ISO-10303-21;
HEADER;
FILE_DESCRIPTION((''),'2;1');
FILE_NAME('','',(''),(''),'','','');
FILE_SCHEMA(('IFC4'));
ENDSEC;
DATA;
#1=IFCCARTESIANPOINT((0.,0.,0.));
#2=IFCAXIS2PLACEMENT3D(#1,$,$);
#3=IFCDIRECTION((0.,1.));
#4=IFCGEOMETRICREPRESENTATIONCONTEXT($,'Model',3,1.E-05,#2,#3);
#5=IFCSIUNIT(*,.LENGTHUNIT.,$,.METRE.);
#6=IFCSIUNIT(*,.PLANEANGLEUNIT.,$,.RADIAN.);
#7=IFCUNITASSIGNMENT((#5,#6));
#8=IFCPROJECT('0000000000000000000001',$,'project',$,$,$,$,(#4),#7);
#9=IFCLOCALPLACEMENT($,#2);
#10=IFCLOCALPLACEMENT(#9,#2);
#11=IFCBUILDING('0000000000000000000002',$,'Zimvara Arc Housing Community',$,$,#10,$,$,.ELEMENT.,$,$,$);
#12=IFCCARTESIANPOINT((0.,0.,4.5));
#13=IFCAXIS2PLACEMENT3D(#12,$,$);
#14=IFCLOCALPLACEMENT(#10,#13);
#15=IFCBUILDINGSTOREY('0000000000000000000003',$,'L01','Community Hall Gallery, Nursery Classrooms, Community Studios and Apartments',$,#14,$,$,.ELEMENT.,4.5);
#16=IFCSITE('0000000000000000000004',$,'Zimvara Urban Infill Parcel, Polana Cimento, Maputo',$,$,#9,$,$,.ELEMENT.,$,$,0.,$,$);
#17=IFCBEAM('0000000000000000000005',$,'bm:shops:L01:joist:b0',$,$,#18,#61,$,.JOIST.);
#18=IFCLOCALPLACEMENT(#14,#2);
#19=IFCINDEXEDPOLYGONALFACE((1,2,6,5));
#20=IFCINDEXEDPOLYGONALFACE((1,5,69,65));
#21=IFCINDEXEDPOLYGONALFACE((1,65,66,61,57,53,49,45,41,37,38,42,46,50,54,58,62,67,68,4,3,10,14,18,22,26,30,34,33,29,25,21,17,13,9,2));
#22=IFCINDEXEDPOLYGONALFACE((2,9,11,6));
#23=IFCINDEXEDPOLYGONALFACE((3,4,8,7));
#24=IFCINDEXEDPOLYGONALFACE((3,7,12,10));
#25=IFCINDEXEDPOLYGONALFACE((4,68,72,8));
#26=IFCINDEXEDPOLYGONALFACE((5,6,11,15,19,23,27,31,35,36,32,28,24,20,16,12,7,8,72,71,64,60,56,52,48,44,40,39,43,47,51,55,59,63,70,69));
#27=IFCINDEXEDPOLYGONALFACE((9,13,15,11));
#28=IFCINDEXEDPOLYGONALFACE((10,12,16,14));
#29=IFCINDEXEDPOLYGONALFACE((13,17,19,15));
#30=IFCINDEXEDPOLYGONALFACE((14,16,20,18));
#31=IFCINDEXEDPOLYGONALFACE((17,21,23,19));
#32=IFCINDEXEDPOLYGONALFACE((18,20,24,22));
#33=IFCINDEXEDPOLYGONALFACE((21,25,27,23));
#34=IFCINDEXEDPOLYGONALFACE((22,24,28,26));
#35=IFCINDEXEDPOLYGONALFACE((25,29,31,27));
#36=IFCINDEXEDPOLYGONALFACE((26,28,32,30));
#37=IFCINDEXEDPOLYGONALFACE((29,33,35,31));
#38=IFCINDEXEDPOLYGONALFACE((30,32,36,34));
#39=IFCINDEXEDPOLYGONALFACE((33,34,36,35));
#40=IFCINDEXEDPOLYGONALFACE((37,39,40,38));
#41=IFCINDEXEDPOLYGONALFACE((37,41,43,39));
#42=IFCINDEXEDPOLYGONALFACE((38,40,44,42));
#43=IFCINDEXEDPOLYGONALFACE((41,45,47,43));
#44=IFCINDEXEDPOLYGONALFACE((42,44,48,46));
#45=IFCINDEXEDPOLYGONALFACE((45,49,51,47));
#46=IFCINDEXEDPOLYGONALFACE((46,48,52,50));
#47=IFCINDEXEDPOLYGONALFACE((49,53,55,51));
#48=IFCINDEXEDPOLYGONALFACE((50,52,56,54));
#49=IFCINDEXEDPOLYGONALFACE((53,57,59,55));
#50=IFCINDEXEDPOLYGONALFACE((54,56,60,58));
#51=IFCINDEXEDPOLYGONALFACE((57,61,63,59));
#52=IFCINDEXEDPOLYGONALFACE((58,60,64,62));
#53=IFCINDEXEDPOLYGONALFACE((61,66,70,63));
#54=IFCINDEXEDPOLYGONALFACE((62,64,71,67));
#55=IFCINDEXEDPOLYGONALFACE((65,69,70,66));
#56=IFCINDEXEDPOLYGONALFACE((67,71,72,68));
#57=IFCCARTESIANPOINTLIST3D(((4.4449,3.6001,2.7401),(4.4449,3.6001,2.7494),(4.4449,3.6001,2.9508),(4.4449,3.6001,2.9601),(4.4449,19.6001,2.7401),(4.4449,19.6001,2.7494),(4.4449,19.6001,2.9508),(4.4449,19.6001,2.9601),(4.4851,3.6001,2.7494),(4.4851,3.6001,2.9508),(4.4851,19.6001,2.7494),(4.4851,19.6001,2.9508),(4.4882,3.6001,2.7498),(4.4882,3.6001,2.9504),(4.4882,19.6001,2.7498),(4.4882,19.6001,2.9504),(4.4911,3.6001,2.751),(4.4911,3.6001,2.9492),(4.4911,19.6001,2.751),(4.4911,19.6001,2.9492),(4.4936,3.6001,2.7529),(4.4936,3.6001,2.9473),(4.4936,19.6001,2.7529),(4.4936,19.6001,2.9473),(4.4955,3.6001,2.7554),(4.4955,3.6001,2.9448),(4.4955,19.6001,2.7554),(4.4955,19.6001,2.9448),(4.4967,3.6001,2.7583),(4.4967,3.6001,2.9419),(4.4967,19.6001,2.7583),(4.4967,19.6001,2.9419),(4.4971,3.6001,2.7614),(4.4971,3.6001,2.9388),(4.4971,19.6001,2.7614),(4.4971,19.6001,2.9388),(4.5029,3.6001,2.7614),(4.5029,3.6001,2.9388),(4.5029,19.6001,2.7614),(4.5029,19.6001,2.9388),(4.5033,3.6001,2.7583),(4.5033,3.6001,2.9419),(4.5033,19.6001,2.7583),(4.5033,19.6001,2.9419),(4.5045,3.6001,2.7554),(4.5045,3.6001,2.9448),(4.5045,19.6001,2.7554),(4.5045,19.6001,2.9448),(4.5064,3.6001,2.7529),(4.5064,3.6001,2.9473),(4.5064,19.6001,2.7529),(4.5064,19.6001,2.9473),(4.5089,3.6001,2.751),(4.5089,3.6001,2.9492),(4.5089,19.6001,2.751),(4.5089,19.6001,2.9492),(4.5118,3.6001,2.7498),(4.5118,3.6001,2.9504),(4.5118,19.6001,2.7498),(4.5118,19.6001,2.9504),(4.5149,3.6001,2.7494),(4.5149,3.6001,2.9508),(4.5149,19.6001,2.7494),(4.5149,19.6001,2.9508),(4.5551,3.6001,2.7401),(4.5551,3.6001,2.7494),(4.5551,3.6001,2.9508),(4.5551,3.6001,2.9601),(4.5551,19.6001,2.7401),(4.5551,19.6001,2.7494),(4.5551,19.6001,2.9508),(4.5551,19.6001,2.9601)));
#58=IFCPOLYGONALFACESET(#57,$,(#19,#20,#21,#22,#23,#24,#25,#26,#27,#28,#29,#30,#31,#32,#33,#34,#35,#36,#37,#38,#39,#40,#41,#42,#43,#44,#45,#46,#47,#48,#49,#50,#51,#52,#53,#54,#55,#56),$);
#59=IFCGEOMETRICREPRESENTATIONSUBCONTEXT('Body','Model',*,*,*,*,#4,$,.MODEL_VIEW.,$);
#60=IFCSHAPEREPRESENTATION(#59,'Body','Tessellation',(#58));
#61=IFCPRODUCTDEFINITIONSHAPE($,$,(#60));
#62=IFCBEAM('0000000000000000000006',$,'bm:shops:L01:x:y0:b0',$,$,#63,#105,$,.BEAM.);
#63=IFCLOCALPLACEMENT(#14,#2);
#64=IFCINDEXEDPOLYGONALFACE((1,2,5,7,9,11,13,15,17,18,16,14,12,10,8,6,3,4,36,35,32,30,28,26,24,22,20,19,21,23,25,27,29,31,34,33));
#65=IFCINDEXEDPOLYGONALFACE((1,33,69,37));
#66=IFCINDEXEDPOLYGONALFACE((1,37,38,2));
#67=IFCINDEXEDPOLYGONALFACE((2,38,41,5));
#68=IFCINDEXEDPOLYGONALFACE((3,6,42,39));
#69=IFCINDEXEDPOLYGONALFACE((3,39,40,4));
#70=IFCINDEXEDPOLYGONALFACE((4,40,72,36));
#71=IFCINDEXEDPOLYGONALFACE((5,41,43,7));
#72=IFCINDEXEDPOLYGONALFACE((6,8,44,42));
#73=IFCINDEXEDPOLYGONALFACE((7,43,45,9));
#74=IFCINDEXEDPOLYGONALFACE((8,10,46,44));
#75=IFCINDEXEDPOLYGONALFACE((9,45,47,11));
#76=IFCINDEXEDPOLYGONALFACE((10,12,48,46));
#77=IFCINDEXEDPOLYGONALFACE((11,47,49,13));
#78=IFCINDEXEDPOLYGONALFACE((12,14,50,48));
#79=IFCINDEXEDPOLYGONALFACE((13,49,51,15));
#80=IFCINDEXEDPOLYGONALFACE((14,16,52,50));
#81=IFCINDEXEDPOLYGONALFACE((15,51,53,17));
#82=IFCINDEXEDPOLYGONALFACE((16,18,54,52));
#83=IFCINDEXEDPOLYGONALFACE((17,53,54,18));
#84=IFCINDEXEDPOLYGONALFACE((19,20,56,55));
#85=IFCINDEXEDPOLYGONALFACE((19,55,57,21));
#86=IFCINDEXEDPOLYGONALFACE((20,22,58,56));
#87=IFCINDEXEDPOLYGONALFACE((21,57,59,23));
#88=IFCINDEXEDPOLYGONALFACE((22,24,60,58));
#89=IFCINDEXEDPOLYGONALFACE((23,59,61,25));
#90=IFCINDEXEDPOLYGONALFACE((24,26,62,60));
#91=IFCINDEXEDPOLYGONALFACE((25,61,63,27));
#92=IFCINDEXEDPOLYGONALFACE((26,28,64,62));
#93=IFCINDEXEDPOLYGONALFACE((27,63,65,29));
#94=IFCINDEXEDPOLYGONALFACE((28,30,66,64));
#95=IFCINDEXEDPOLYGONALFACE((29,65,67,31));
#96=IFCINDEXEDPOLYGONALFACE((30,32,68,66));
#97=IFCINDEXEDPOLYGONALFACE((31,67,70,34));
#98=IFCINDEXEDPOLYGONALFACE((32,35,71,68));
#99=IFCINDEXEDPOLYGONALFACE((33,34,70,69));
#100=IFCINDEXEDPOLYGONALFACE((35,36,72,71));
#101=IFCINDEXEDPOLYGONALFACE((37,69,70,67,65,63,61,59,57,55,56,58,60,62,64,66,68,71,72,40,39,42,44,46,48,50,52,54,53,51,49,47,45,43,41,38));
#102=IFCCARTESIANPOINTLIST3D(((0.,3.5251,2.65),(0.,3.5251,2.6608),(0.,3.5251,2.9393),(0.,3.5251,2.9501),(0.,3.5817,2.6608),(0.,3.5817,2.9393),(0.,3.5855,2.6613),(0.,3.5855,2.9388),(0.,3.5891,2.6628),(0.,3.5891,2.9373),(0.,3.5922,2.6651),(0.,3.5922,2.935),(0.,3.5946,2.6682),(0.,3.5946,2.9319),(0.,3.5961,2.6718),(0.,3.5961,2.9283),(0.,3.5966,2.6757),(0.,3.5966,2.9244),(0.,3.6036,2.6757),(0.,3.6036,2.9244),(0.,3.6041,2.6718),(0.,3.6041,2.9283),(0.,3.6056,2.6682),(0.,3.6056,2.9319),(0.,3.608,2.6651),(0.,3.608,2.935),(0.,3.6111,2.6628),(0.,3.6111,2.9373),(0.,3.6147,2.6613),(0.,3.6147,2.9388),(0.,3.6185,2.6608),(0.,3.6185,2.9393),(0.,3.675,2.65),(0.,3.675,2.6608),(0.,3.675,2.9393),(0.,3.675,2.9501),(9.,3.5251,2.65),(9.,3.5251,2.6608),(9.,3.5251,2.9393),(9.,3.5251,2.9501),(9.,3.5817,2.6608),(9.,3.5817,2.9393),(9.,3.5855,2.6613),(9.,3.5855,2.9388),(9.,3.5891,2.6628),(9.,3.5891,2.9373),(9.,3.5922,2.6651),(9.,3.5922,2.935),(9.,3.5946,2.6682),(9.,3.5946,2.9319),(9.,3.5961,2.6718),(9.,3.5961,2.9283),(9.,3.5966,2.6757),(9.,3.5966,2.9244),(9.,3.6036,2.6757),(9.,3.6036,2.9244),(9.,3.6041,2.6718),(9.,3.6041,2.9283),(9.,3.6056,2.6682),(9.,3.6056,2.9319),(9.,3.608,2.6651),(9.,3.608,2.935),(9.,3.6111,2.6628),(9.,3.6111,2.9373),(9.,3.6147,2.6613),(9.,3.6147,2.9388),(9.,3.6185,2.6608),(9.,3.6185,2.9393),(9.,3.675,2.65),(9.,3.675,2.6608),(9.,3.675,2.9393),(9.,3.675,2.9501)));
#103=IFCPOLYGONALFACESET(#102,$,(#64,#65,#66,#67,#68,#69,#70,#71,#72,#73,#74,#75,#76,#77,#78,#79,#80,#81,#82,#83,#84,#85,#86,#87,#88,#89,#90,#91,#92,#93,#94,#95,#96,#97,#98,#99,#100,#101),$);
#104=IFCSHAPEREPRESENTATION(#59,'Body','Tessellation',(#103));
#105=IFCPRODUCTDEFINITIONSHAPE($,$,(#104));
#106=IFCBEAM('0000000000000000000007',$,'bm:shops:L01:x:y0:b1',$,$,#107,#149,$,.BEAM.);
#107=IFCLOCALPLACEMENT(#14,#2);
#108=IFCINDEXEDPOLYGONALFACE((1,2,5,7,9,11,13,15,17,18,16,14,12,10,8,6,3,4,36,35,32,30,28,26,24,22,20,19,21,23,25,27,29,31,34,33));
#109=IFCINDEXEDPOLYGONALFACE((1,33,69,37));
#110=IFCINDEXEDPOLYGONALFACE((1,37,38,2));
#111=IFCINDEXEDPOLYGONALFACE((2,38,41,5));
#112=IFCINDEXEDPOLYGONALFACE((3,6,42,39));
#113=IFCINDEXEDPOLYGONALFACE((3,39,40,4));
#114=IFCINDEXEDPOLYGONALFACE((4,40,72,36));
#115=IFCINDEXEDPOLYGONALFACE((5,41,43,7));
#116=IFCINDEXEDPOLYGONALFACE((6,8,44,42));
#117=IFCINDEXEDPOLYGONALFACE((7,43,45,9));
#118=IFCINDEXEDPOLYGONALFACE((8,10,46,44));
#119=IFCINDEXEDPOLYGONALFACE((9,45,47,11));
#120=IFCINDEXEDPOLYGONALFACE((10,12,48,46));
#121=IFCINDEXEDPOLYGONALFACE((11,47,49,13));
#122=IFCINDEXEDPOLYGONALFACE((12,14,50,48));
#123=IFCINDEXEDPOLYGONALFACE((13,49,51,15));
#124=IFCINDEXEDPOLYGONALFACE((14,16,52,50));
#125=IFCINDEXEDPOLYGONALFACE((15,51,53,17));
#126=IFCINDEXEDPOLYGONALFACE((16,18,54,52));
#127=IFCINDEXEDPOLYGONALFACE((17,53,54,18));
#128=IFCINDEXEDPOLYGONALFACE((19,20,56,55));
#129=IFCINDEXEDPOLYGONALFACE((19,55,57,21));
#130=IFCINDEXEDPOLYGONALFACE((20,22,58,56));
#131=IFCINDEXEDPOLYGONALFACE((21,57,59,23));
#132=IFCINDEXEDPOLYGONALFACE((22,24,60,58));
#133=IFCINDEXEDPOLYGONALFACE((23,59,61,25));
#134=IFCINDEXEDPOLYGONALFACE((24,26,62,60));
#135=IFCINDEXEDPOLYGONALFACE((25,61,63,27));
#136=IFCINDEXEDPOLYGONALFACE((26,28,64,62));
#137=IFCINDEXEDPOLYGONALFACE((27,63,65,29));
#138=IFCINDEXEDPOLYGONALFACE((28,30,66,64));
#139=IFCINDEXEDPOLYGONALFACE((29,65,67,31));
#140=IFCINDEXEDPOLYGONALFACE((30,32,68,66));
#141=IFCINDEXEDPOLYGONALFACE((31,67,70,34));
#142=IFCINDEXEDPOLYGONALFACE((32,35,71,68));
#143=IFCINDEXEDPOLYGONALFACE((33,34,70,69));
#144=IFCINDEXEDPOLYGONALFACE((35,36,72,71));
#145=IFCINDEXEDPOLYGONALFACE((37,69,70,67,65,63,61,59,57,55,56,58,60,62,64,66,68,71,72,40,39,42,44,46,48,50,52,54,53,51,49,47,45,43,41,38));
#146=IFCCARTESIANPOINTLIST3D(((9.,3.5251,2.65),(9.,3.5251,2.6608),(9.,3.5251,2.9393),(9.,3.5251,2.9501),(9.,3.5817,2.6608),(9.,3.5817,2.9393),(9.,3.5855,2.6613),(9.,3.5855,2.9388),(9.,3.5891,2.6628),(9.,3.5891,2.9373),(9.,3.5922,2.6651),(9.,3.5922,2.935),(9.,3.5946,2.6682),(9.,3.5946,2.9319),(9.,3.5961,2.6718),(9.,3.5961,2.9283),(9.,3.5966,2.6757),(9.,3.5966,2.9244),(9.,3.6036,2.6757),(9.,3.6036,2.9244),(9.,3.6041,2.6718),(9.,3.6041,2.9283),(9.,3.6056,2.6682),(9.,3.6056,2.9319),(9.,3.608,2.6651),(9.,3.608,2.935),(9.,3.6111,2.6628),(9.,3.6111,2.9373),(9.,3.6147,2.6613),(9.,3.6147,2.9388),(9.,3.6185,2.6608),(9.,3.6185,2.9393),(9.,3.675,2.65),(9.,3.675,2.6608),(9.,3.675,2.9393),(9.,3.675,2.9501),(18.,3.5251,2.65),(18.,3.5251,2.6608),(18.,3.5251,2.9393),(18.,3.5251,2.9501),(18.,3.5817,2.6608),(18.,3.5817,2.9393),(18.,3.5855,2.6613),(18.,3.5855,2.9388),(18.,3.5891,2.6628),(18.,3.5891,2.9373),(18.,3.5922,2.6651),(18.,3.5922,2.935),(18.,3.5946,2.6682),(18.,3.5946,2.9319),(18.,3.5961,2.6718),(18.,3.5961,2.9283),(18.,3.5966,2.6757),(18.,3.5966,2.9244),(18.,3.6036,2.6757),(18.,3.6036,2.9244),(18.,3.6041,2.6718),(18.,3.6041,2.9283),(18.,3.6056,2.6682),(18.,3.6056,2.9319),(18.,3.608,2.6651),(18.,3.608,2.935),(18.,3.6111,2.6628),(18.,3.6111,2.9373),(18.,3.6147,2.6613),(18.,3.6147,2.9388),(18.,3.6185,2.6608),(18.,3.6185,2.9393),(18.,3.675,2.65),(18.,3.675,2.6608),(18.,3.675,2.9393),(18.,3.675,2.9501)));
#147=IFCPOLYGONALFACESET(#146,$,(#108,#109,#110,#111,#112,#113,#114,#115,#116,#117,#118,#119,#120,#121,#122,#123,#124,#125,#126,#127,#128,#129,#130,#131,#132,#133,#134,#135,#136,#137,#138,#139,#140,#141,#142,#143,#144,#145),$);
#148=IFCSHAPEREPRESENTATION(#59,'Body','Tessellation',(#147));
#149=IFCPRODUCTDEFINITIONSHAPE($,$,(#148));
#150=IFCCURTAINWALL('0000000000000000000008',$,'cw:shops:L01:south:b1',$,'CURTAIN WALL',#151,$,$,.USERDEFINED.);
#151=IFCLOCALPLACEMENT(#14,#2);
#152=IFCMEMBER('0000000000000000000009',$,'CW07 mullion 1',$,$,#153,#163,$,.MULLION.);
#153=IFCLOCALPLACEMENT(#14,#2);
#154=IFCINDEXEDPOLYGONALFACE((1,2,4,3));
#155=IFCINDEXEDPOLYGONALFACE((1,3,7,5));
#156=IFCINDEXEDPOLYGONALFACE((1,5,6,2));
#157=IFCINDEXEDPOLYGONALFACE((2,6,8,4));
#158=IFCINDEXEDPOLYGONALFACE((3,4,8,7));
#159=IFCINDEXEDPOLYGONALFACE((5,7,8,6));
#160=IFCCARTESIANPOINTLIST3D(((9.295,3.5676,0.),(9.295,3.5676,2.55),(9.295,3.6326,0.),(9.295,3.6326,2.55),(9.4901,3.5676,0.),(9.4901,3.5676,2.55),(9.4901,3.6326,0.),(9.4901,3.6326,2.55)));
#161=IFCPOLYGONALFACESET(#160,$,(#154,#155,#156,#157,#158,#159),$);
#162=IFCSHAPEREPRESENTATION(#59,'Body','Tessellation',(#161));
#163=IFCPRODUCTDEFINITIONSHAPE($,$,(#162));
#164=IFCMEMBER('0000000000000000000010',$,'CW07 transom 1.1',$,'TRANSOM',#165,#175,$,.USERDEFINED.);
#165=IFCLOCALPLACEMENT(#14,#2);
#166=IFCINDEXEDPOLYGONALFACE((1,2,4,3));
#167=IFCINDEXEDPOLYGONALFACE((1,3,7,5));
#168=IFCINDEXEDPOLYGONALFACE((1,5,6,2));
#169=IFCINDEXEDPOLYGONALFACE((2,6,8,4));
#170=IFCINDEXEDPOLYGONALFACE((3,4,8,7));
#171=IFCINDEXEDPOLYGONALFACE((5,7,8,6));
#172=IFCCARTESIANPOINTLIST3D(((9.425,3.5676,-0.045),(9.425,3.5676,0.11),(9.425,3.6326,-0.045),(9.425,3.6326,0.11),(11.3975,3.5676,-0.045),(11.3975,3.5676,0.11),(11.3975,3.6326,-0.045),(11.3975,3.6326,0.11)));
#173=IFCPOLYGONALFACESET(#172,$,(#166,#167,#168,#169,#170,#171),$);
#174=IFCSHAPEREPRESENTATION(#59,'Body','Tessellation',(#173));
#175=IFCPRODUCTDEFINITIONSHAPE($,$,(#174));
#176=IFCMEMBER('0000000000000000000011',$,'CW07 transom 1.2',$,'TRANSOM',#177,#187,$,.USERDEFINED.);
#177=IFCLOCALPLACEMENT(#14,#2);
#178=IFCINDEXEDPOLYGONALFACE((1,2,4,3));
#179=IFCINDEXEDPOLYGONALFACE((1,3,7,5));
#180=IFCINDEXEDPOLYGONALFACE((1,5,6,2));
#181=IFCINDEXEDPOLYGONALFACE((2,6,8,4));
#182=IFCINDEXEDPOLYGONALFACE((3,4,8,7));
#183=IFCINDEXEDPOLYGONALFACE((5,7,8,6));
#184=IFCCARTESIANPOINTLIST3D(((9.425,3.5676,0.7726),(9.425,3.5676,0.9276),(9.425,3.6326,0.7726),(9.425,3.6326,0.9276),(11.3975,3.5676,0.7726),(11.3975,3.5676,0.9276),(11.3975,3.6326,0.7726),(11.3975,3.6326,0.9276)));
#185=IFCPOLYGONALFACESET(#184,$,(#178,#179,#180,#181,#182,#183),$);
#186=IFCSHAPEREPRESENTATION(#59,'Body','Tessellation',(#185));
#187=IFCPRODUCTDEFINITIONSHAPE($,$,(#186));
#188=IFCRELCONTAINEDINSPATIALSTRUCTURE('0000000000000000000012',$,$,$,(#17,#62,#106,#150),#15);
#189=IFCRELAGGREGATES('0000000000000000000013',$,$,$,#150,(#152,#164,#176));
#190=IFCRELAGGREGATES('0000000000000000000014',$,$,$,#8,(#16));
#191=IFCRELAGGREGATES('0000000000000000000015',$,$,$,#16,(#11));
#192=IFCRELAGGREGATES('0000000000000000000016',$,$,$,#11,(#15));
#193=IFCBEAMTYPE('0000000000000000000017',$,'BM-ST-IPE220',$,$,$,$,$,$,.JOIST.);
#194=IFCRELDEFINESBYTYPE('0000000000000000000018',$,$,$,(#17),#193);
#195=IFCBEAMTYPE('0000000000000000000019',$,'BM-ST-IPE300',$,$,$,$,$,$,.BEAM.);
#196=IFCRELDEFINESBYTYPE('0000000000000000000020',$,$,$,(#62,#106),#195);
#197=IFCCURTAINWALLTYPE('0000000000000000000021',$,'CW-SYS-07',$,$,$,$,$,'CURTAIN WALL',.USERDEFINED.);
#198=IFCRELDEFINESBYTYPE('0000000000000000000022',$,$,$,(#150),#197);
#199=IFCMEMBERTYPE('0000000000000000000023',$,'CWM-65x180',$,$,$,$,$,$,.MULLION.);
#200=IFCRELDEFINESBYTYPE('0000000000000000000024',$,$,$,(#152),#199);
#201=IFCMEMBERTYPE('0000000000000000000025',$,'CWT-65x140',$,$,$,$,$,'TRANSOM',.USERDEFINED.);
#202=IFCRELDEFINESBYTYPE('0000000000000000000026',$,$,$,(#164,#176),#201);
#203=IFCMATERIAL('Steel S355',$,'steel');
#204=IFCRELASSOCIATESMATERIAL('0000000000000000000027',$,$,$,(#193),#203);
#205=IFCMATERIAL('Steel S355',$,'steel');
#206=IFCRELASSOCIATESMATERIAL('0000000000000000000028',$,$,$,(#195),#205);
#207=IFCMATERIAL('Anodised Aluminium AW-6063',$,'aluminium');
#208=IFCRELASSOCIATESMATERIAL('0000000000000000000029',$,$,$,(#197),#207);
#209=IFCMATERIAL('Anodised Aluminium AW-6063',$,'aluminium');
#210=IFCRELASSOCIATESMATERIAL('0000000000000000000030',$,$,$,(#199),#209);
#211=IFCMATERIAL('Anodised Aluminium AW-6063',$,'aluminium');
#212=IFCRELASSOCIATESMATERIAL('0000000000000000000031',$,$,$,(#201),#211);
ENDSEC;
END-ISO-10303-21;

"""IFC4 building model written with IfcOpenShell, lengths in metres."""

from ifc_helpers import new_model, si_unit, direction, frame, origin, origin_2d, place, context, subcontext, project, spatial, rectangle, i_section, extrude, material, material_profile, profile_set, type_object, element, aggregate, save


model = new_model("IFC4")

# Units and contexts
model_context = context("Model", 3, precision=1e-05, world=origin(), true_north=direction((0.0, 1.0)))
body_context = subcontext(model_context, "Body", "Model", "MODEL_VIEW")
ifc_project = project(units=[si_unit("LENGTHUNIT", "METRE"), si_unit("PLANEANGLEUNIT", "RADIAN")], contexts=[model_context])

# Site, building, storey
site_placement = place(None, origin())
site = spatial("IfcSite", under=ifc_project, at=site_placement, Name="Zimvara Urban Infill Parcel, Polana Cimento, Maputo", CompositionType="ELEMENT", RefElevation=0.0)
building_placement = place(site_placement, origin())
building = spatial("IfcBuilding", under=site, at=building_placement, Name="Zimvara Arc Housing Community", CompositionType="ELEMENT")
storey_placement = place(building_placement, frame((0.0, 0.0, 4.5)))
storey = spatial("IfcBuildingStorey", under=building, at=storey_placement, Name="L01", Description="Community Hall Gallery, Nursery Classrooms, Community Studios and Apartments", CompositionType="ELEMENT", Elevation=4.5)

# Beams
ifc_material_1 = material(Name="Steel S355", Category="steel")
ifc_material_profile_1 = material_profile(ifc_material_1, i_section(OverallWidth=0.1101, OverallDepth=0.22, WebThickness=0.0059, FlangeThickness=0.0093, FilletRadius=0.012, at=origin_2d()), Name="IPE 220")
ifc_profile_set_1 = profile_set([ifc_material_profile_1], Name="Steel S355")
beam_type_1 = type_object("IfcBeamType", Name="BM-ST-IPE220", PredefinedType="JOIST", material=ifc_profile_set_1)
beam_placement = place(storey_placement, frame((4.5, 3.6001, 2.8501), z_axis=(0.0, 1.0, 0.0), x_axis=(-1.0, 0.0, 0.0)))
element("IfcBeam", 1, at=beam_placement, inside=storey, type_object=beam_type_1, Name="bm:shops:L01:joist:b0", PredefinedType="JOIST", context=body_context, shape_type="SweptSolid", body=[
    extrude(i_section(OverallWidth=0.1101, OverallDepth=0.22, WebThickness=0.0059, FlangeThickness=0.0093, FilletRadius=0.012, at=origin_2d()), origin(), (0.0, 0.0, 1.0), 16.0),
])
ifc_material_2 = material(Name="Steel S355", Category="steel")
ifc_material_profile_2 = material_profile(ifc_material_2, i_section(OverallWidth=0.1499, OverallDepth=0.3, WebThickness=0.0071, FlangeThickness=0.0107, FilletRadius=0.0149, at=origin_2d()), Name="IPE 300")
ifc_profile_set_2 = profile_set([ifc_material_profile_2], Name="Steel S355")
beam_type_2 = type_object("IfcBeamType", Name="BM-ST-IPE300", PredefinedType="BEAM", material=ifc_profile_set_2)
for number, where, z_axis, x_axis, name in (
    (2, (0.0, 3.6001, 2.8), (1.0, 0.0, 0.0), (0.0, 1.0, 0.0), "bm:shops:L01:x:y0:b0"),
    (3, (9.0, 3.6001, 2.8), (1.0, 0.0, 0.0), (0.0, 1.0, 0.0), "bm:shops:L01:x:y0:b1"),
):
    element("IfcBeam", number, at=place(storey_placement, frame(where, z_axis=z_axis, x_axis=x_axis)), inside=storey, type_object=beam_type_2, Name=name, PredefinedType="BEAM", context=body_context, shape_type="SweptSolid", body=[
        extrude(i_section(OverallWidth=0.1499, OverallDepth=0.3, WebThickness=0.0071, FlangeThickness=0.0107, FilletRadius=0.0149, at=origin_2d()), origin(), (0.0, 0.0, 1.0), 9.0),
    ])

# Curtain wall, members
ifc_material_3 = material(Name="Anodised Aluminium AW-6063", Category="aluminium")
curtain_wall_type = type_object("IfcCurtainWallType", Name="CW-SYS-07", ElementType="CURTAIN WALL", PredefinedType="USERDEFINED", material=ifc_material_3)
curtain_wall_placement = place(storey_placement, origin())
curtain_wall = element("IfcCurtainWall", 4, at=curtain_wall_placement, inside=storey, type_object=curtain_wall_type, Name="cw:shops:L01:south:b1", ObjectType="CURTAIN WALL", PredefinedType="USERDEFINED")
ifc_material_4 = material(Name="Anodised Aluminium AW-6063", Category="aluminium")
ifc_material_profile_3 = material_profile(ifc_material_4, rectangle(XDim=0.0649, YDim=0.1951, at=origin_2d()), Name="ALU 65x195")
ifc_profile_set_3 = profile_set([ifc_material_profile_3], Name="Anodised Aluminium AW-6063")
member_type_1 = type_object("IfcMemberType", Name="CWM-65x180", PredefinedType="MULLION", material=ifc_profile_set_3)
member_1_placement = place(storey_placement, frame((9.3926, 3.6001, 0.0), z_axis=(0.0, 0.0, 1.0), x_axis=(0.0, 1.0, 0.0)))
member_1 = element("IfcMember", 5, at=member_1_placement, type_object=member_type_1, Name="CW07 mullion 1", PredefinedType="MULLION", context=body_context, shape_type="SweptSolid", body=[
    extrude(rectangle(XDim=0.0649, YDim=0.1951, at=origin_2d()), origin(), (0.0, 0.0, 1.0), 2.55),
])
ifc_material_5 = material(Name="Anodised Aluminium AW-6063", Category="aluminium")
ifc_material_profile_4 = material_profile(ifc_material_5, rectangle(XDim=0.0649, YDim=0.155, at=origin_2d()), Name="ALU 65x155")
ifc_profile_set_4 = profile_set([ifc_material_profile_4], Name="Anodised Aluminium AW-6063")
member_type_2 = type_object("IfcMemberType", Name="CWT-65x140", ElementType="TRANSOM", PredefinedType="USERDEFINED", material=ifc_profile_set_4)
member_2_placement = place(storey_placement, frame((9.425, 3.6001, 0.0325), z_axis=(1.0, 0.0, 0.0), x_axis=(0.0, 1.0, 0.0)))
member_2 = element("IfcMember", 6, at=member_2_placement, type_object=member_type_2, Name="CW07 transom 1.1", ObjectType="TRANSOM", PredefinedType="USERDEFINED", context=body_context, shape_type="SweptSolid", body=[
    extrude(rectangle(XDim=0.0649, YDim=0.155, at=origin_2d()), origin(), (0.0, 0.0, 1.0), 1.9724),
])
member_3_placement = place(storey_placement, frame((9.425, 3.6001, 0.8501), z_axis=(1.0, 0.0, 0.0), x_axis=(0.0, 1.0, 0.0)))
member_3 = element("IfcMember", 7, at=member_3_placement, type_object=member_type_2, Name="CW07 transom 1.2", ObjectType="TRANSOM", PredefinedType="USERDEFINED", context=body_context, shape_type="SweptSolid", body=[
    extrude(rectangle(XDim=0.0649, YDim=0.155, at=origin_2d()), origin(), (0.0, 0.0, 1.0), 1.9724),
])
aggregate(curtain_wall, [member_1, member_2, member_3])

save(model, "model.ifc")
